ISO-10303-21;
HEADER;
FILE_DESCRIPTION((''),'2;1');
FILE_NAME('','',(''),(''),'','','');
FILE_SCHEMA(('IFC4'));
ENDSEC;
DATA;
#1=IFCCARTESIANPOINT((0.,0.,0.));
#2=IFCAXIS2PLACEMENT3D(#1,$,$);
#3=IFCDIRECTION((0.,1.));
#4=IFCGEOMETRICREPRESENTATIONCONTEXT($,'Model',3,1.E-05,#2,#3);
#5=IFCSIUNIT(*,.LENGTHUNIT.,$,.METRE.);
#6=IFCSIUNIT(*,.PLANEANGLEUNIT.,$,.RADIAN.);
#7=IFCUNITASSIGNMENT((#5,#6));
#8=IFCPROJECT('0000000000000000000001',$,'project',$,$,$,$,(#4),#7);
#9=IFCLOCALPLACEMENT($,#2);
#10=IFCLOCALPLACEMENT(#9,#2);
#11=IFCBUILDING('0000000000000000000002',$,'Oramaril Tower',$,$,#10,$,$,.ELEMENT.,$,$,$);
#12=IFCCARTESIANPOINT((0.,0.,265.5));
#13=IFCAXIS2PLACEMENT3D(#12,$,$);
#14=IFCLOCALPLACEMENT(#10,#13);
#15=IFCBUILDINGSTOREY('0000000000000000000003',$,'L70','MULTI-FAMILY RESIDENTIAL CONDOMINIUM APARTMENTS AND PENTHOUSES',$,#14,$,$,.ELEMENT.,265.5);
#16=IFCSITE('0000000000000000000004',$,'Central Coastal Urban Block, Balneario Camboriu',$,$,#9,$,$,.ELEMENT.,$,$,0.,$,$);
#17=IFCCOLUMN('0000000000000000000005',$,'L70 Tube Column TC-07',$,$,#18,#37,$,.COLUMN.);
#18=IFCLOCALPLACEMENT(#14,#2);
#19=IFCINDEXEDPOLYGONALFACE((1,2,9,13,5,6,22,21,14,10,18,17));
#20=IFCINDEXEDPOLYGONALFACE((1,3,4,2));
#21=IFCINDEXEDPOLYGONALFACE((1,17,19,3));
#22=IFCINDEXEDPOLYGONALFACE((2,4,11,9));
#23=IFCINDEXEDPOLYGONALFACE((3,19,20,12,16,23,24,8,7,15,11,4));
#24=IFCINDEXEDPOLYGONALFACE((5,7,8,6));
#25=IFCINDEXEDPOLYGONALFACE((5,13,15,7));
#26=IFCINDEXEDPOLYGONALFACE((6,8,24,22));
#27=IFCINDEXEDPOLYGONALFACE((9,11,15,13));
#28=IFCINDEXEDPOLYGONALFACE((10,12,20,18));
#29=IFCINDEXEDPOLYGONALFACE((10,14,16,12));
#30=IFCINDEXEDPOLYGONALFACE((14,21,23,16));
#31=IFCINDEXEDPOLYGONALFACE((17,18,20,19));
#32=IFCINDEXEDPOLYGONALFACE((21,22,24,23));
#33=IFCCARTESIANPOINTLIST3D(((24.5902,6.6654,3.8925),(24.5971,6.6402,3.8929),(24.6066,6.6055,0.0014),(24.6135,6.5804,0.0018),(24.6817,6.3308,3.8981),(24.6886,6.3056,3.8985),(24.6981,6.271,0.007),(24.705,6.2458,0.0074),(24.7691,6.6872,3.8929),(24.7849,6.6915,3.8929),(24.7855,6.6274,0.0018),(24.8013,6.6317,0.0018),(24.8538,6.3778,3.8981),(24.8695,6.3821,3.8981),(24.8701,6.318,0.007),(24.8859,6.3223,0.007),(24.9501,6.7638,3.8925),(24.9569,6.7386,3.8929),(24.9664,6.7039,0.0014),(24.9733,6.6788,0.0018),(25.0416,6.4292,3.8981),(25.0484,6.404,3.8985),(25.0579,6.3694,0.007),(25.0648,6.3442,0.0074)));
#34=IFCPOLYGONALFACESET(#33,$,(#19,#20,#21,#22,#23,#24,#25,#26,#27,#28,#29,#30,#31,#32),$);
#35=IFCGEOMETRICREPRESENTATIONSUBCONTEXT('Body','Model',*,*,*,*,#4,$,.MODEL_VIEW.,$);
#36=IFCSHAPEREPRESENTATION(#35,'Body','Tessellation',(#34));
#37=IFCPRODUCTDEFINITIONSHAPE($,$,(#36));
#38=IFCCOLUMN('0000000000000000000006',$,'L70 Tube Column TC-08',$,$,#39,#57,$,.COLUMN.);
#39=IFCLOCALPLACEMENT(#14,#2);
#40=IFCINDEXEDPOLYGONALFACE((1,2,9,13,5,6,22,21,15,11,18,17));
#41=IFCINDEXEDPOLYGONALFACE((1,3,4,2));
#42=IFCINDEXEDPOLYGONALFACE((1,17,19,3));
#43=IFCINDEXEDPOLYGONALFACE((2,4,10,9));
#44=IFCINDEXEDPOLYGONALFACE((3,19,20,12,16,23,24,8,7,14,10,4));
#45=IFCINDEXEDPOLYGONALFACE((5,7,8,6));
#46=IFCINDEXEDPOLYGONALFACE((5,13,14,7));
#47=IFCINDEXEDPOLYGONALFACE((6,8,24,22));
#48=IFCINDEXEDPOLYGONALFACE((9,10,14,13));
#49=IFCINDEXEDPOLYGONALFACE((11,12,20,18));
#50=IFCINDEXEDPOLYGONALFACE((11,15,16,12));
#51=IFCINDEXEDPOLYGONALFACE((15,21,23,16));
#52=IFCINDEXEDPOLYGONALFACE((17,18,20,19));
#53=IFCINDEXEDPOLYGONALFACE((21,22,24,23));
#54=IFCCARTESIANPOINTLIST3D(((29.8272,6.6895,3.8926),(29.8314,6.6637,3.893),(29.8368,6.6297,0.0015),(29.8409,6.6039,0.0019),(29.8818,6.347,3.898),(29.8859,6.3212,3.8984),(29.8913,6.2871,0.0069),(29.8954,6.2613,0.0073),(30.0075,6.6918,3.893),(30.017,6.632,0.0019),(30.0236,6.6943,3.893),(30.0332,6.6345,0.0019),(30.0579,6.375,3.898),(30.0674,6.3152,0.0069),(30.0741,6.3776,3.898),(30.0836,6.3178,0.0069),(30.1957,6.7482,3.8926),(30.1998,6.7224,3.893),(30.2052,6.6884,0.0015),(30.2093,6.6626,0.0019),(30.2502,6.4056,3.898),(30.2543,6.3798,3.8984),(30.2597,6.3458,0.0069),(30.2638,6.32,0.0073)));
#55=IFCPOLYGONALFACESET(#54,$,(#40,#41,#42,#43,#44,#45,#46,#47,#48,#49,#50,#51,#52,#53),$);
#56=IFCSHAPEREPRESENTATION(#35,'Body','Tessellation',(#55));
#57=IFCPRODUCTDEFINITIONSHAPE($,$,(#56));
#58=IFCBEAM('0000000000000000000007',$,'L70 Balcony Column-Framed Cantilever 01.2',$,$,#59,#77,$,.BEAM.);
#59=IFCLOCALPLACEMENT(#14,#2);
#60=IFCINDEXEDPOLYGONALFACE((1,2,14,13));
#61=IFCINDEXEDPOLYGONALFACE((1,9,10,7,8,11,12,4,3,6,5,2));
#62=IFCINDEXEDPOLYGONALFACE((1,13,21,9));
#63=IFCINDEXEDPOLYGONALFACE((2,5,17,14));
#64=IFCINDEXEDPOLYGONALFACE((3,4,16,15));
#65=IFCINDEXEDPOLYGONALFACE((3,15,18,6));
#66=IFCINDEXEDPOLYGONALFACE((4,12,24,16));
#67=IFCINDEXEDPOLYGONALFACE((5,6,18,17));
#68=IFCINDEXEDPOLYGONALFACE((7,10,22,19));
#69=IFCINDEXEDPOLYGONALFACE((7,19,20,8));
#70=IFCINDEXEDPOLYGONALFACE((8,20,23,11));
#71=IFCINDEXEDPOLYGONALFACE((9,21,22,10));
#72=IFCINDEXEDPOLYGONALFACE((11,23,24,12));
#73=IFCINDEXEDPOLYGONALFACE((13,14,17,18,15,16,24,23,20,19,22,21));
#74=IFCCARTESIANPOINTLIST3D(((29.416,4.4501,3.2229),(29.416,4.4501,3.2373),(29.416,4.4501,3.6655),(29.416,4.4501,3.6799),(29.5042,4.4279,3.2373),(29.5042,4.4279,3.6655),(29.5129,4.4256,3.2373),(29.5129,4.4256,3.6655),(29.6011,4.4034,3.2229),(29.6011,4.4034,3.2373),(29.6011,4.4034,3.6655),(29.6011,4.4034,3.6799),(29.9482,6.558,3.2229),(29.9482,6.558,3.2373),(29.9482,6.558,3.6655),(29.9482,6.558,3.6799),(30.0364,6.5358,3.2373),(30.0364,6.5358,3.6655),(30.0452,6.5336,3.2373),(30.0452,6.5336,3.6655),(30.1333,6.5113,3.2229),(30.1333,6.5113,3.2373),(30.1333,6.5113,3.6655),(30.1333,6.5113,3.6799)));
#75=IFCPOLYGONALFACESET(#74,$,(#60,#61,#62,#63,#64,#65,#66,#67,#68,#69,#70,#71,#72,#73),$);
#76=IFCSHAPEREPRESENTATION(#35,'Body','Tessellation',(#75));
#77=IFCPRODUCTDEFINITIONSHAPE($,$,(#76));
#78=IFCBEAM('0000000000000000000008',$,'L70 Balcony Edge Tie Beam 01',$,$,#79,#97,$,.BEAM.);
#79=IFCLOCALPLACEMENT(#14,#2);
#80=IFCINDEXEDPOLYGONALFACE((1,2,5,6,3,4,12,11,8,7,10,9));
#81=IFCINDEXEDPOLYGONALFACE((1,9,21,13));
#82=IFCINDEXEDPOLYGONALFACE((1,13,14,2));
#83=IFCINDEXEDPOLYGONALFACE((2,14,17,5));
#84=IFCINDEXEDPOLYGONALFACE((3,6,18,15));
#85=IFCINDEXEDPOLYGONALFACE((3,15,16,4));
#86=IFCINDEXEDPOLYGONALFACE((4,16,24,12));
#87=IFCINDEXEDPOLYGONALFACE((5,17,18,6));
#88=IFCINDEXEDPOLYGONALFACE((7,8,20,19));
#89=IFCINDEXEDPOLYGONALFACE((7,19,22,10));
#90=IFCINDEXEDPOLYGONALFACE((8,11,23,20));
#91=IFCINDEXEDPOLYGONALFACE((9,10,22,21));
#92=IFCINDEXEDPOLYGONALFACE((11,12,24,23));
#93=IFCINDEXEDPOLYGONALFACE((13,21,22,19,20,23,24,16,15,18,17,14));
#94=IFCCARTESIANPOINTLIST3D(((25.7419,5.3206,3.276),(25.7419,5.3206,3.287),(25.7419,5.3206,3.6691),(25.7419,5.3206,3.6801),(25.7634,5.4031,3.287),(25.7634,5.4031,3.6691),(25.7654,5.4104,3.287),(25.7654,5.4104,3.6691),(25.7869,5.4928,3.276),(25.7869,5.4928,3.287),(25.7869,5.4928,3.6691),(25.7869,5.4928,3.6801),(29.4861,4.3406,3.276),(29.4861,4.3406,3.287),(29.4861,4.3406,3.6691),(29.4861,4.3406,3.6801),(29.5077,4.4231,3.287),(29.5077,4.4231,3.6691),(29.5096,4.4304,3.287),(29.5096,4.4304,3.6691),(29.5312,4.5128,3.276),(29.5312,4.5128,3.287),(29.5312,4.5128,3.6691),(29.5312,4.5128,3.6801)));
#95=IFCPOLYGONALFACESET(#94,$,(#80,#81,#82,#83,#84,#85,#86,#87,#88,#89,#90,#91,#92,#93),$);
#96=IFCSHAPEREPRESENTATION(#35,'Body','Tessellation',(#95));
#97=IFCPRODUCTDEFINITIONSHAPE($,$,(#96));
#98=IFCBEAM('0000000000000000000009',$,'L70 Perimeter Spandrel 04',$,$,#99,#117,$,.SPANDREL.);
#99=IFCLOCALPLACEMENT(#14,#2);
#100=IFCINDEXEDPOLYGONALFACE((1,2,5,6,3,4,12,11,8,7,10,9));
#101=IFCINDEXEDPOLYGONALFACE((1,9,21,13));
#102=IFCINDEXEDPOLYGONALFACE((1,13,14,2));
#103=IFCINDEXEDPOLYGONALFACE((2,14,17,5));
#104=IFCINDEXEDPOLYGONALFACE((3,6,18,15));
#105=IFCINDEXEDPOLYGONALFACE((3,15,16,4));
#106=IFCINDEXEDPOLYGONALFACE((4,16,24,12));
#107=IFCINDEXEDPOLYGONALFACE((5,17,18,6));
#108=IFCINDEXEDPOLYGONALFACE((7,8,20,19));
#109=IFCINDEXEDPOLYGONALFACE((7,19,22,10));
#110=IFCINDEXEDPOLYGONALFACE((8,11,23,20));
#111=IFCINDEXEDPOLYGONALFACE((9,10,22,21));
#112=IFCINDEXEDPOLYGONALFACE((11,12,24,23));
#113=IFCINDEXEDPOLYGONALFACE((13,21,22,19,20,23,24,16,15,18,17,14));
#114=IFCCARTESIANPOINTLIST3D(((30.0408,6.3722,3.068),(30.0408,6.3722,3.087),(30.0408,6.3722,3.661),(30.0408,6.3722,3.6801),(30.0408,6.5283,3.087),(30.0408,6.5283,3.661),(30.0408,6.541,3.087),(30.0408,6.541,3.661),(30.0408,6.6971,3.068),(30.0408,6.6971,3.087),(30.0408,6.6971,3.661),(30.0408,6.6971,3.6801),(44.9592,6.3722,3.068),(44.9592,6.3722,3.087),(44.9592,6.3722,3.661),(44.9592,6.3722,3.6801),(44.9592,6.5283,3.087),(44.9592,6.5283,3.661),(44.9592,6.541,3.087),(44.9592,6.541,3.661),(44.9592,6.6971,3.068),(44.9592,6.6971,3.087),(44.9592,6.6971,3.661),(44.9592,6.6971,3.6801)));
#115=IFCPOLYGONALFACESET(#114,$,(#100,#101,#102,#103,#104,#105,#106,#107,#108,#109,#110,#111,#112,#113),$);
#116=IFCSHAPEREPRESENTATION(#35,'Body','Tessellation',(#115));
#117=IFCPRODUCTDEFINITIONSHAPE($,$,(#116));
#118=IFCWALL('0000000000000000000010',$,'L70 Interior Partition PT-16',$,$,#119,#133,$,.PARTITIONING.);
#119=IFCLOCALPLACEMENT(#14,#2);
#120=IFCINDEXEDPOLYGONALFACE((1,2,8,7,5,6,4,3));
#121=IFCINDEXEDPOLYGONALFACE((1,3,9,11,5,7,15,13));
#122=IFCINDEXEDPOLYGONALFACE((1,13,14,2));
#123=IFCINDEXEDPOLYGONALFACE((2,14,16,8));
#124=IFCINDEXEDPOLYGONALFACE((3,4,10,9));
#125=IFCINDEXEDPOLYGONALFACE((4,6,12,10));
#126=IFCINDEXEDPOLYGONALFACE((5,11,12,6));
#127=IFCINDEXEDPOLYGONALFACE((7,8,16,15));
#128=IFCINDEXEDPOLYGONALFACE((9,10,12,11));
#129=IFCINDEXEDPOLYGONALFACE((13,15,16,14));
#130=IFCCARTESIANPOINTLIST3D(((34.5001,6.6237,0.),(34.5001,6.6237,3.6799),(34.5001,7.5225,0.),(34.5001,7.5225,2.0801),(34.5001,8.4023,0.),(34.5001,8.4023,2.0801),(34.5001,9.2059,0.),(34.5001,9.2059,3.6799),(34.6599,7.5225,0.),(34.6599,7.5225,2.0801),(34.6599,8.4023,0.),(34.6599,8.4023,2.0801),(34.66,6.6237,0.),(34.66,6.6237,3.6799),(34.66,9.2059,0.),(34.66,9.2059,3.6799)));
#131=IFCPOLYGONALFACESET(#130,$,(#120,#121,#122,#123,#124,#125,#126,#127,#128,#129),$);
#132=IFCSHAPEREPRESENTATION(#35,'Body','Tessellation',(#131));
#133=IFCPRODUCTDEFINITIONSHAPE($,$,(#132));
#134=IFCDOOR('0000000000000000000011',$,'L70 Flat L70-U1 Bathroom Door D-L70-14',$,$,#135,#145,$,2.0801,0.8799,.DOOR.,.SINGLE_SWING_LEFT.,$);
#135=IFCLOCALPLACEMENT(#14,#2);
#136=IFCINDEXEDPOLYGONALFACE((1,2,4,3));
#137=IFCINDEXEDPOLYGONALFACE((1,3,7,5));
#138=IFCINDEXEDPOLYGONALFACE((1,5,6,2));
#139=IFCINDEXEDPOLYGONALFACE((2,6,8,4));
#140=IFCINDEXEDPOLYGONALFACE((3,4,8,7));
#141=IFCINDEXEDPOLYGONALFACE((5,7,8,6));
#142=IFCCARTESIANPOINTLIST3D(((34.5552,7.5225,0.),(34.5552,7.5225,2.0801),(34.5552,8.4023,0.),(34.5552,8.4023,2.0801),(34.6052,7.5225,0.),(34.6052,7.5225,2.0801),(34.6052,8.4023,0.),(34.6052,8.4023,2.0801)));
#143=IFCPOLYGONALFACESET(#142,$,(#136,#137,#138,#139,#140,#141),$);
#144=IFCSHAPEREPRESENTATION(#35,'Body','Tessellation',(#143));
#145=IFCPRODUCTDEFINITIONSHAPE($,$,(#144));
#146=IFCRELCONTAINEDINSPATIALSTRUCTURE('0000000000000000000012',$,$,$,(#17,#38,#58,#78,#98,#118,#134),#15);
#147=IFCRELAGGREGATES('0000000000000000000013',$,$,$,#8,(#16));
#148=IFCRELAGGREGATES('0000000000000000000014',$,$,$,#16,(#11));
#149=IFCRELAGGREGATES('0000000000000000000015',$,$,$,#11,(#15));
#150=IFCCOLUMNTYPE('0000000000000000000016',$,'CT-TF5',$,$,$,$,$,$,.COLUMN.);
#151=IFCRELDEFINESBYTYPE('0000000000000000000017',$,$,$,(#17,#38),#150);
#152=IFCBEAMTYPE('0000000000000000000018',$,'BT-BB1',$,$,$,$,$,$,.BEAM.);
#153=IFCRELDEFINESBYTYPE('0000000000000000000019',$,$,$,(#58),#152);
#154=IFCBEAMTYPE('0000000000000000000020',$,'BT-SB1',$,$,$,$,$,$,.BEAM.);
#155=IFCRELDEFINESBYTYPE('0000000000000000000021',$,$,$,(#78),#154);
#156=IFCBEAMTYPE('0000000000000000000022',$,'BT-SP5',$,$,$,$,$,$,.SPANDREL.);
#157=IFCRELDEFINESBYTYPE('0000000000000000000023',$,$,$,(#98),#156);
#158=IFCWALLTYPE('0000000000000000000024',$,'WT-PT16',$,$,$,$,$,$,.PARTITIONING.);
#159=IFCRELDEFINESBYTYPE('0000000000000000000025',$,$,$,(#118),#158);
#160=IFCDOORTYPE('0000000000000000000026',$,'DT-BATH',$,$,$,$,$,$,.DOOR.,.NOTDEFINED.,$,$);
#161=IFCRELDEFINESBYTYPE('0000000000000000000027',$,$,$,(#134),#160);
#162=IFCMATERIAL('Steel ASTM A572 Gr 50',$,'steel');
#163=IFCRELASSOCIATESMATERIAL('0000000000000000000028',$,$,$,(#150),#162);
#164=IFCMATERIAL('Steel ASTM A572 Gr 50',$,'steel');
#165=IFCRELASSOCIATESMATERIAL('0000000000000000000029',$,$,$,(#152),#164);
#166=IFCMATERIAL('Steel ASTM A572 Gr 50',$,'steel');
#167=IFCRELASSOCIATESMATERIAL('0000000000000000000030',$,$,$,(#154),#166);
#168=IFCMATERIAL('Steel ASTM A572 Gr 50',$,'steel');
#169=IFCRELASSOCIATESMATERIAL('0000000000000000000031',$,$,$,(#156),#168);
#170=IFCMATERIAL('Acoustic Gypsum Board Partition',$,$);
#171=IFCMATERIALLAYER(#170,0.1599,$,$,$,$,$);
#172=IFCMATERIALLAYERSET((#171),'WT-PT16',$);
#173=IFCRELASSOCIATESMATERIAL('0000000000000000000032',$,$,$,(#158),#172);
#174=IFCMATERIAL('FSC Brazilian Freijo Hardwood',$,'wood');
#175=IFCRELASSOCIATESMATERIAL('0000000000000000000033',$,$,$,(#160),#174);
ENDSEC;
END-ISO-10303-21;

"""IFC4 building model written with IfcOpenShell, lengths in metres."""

from ifc_helpers import new_model, si_unit, direction, frame, frame_2d, origin, origin_2d, place, context, subcontext, project, spatial, rectangle, i_section, extrude, material, layer, layer_set, material_profile, profile_set, type_object, element, fill, save


model = new_model("IFC4")

# Units and contexts
model_context = context("Model", 3, precision=1e-05, world=origin(), true_north=direction((0.0, 1.0)))
body_context = subcontext(model_context, "Body", "Model", "MODEL_VIEW")
ifc_project = project(units=[si_unit("LENGTHUNIT", "METRE"), si_unit("PLANEANGLEUNIT", "RADIAN")], contexts=[model_context])

# Site, building, storey
site_placement = place(None, origin())
site = spatial("IfcSite", under=ifc_project, at=site_placement, Name="Central Coastal Urban Block, Balneario Camboriu", CompositionType="ELEMENT", RefElevation=0.0)
building_placement = place(site_placement, origin())
building = spatial("IfcBuilding", under=site, at=building_placement, Name="Oramaril Tower", CompositionType="ELEMENT")
storey_placement = place(building_placement, frame((0.0, 0.0, 265.5)))
storey = spatial("IfcBuildingStorey", under=building, at=storey_placement, Name="L70", Description="MULTI-FAMILY RESIDENTIAL CONDOMINIUM APARTMENTS AND PENTHOUSES", CompositionType="ELEMENT", Elevation=265.5)

# Columns
ifc_material_1 = material(Name="Steel ASTM A572 Gr 50", Category="steel")
ifc_material_profile_1 = material_profile(ifc_material_1, i_section(OverallWidth=0.373, OverallDepth=0.373, WebThickness=0.0164, FlangeThickness=0.0261, at=origin_2d()), Name="W14X132")
ifc_profile_set_1 = profile_set([ifc_material_profile_1], Name="Steel ASTM A572 Gr 50")
column_type = type_object("IfcColumnType", Name="CT-TF5", PredefinedType="COLUMN", material=ifc_profile_set_1)
for number, where, z_axis, x_axis, name in (
    (1, (24.8357, 6.4749, 0.0044), (-0.004203, 0.01537, 0.999873), (-0.964582, -0.263784, 0.0), "L70 Tube Column TC-07"),
    (2, (30.0503, 6.4749, 0.0044), (-0.002447, 0.01537, 0.999879), (-0.987566, -0.157204, 0.0), "L70 Tube Column TC-08"),
):
    element("IfcColumn", number, at=place(storey_placement, frame(where, z_axis=z_axis, x_axis=x_axis)), inside=storey, type_object=column_type, Name=name, PredefinedType="COLUMN", context=body_context, shape_type="SweptSolid", body=[
        extrude(i_section(OverallWidth=0.373, OverallDepth=0.373, WebThickness=0.0164, FlangeThickness=0.0261, at=origin_2d()), origin(), (0.0, 0.0, 1.0), 3.8916),
    ])

# Beams
ifc_material_2 = material(Name="Steel ASTM A572 Gr 50", Category="steel")
ifc_material_profile_2 = material_profile(ifc_material_2, i_section(OverallWidth=0.1909, OverallDepth=0.457, WebThickness=0.009, FlangeThickness=0.0144, at=origin_2d()), Name="W18X50")
ifc_profile_set_2 = profile_set([ifc_material_profile_2], Name="Steel ASTM A572 Gr 50")
beam_type_1 = type_object("IfcBeamType", Name="BT-BB1", PredefinedType="BEAM", material=ifc_profile_set_2)
beam_1_placement = place(storey_placement, frame((30.0408, 6.5347, 3.4514), z_axis=(-0.244807, -0.969572, 0.0), x_axis=(0.969572, -0.244807, 0.0)))
element("IfcBeam", 3, at=beam_1_placement, inside=storey, type_object=beam_type_1, Name="L70 Balcony Column-Framed Cantilever 01.2", PredefinedType="BEAM", context=body_context, shape_type="SweptSolid", body=[
    extrude(i_section(OverallWidth=0.1909, OverallDepth=0.457, WebThickness=0.009, FlangeThickness=0.0144, at=origin_2d()), origin(), (0.0, 0.0, 1.0), 2.1741),
])
ifc_material_3 = material(Name="Steel ASTM A572 Gr 50", Category="steel")
ifc_material_profile_3 = material_profile(ifc_material_3, i_section(OverallWidth=0.178, OverallDepth=0.4041, WebThickness=0.0076, FlangeThickness=0.011, at=origin_2d()), Name="W16X36")
ifc_profile_set_3 = profile_set([ifc_material_profile_3], Name="Steel ASTM A572 Gr 50")
beam_type_2 = type_object("IfcBeamType", Name="BT-SB1", PredefinedType="BEAM", material=ifc_profile_set_3)
beam_2_placement = place(storey_placement, frame((25.7644, 5.4067, 3.478), z_axis=(0.967412, -0.253208, 0.0), x_axis=(0.253208, 0.967412, 0.0)))
element("IfcBeam", 4, at=beam_2_placement, inside=storey, type_object=beam_type_2, Name="L70 Balcony Edge Tie Beam 01", PredefinedType="BEAM", context=body_context, shape_type="SweptSolid", body=[
    extrude(i_section(OverallWidth=0.178, OverallDepth=0.4041, WebThickness=0.0076, FlangeThickness=0.011, at=origin_2d()), origin(), (0.0, 0.0, 1.0), 3.8704),
])
ifc_material_4 = material(Name="Steel ASTM A572 Gr 50", Category="steel")
ifc_material_profile_4 = material_profile(ifc_material_4, i_section(OverallWidth=0.325, OverallDepth=0.6121, WebThickness=0.0127, FlangeThickness=0.019, at=origin_2d()), Name="W24X104")
ifc_profile_set_4 = profile_set([ifc_material_profile_4], Name="Steel ASTM A572 Gr 50")
beam_type_3 = type_object("IfcBeamType", Name="BT-SP5", PredefinedType="SPANDREL", material=ifc_profile_set_4)
beam_3_placement = place(storey_placement, frame((30.0408, 6.5347, 3.374), z_axis=(1.0, 0.0, 0.0), x_axis=(0.0, 1.0, 0.0)))
element("IfcBeam", 5, at=beam_3_placement, inside=storey, type_object=beam_type_3, Name="L70 Perimeter Spandrel 04", PredefinedType="SPANDREL", context=body_context, shape_type="SweptSolid", body=[
    extrude(i_section(OverallWidth=0.325, OverallDepth=0.6121, WebThickness=0.0127, FlangeThickness=0.019, at=origin_2d()), origin(), (0.0, 0.0, 1.0), 14.9185),
])

# Wall, opening, door
ifc_material_5 = material(Name="Acoustic Gypsum Board Partition")
ifc_layer_1 = layer(ifc_material_5, 0.1599)
ifc_layer_set_1 = layer_set([ifc_layer_1], Name="WT-PT16")
wall_type_1 = type_object("IfcWallType", Name="WT-PT16", PredefinedType="PARTITIONING", material=ifc_layer_set_1)
wall_1_placement = place(storey_placement, frame((34.5801, 6.6238, 0.0), z_axis=(0.0, 0.0, 1.0), x_axis=(0.0, 1.0, 0.0)))
wall_1 = element("IfcWall", 6, at=wall_1_placement, inside=storey, type_object=wall_type_1, Name="L70 Interior Partition PT-16", PredefinedType="PARTITIONING", context=body_context, shape_type="SweptSolid", body=[
    extrude(rectangle(XDim=2.5823, YDim=0.1599, at=frame_2d((1.291, 0.0))), origin(), (0.0, 0.0, 1.0), 3.6799),
])
opening_1_placement = place(wall_1_placement, frame((0.8987, 0.0, 0.0)))
opening_1 = element("IfcOpeningElement", 7, at=opening_1_placement, cuts=wall_1, PredefinedType="OPENING", context=body_context, shape_type="SweptSolid", body=[
    extrude(rectangle(XDim=0.8799, YDim=2.0801, at=frame_2d((0.4399, 1.04))), frame((0.0, 0.0801, 0.0), z_axis=(0.0, -1.0, 0.0), x_axis=(1.0, 0.0, 0.0)), (0.0, 0.0, 1.0), 0.1599),
])
ifc_material_6 = material(Name="FSC Brazilian Freijo Hardwood", Category="wood")
door_type_1 = type_object("IfcDoorType", Name="DT-BATH", OperationType="NOTDEFINED", PredefinedType="DOOR", material=ifc_material_6)
door_1_placement = place(opening_1_placement, origin())
door_1 = element("IfcDoor", 8, at=door_1_placement, inside=storey, type_object=door_type_1, Name="L70 Flat L70-U1 Bathroom Door D-L70-14", OperationType="SINGLE_SWING_LEFT", OverallHeight=2.0801, OverallWidth=0.8799, PredefinedType="DOOR", context=body_context, shape_type="SweptSolid", body=[
    extrude(rectangle(XDim=0.8799, YDim=2.0801, at=frame_2d((0.4399, 1.04))), frame((0.0, 0.0249, 0.0), z_axis=(0.0, -1.0, 0.0), x_axis=(1.0, 0.0, 0.0)), (0.0, 0.0, 1.0), 0.05),
])
fill(opening_1, door_1)

save(model, "model.ifc")
